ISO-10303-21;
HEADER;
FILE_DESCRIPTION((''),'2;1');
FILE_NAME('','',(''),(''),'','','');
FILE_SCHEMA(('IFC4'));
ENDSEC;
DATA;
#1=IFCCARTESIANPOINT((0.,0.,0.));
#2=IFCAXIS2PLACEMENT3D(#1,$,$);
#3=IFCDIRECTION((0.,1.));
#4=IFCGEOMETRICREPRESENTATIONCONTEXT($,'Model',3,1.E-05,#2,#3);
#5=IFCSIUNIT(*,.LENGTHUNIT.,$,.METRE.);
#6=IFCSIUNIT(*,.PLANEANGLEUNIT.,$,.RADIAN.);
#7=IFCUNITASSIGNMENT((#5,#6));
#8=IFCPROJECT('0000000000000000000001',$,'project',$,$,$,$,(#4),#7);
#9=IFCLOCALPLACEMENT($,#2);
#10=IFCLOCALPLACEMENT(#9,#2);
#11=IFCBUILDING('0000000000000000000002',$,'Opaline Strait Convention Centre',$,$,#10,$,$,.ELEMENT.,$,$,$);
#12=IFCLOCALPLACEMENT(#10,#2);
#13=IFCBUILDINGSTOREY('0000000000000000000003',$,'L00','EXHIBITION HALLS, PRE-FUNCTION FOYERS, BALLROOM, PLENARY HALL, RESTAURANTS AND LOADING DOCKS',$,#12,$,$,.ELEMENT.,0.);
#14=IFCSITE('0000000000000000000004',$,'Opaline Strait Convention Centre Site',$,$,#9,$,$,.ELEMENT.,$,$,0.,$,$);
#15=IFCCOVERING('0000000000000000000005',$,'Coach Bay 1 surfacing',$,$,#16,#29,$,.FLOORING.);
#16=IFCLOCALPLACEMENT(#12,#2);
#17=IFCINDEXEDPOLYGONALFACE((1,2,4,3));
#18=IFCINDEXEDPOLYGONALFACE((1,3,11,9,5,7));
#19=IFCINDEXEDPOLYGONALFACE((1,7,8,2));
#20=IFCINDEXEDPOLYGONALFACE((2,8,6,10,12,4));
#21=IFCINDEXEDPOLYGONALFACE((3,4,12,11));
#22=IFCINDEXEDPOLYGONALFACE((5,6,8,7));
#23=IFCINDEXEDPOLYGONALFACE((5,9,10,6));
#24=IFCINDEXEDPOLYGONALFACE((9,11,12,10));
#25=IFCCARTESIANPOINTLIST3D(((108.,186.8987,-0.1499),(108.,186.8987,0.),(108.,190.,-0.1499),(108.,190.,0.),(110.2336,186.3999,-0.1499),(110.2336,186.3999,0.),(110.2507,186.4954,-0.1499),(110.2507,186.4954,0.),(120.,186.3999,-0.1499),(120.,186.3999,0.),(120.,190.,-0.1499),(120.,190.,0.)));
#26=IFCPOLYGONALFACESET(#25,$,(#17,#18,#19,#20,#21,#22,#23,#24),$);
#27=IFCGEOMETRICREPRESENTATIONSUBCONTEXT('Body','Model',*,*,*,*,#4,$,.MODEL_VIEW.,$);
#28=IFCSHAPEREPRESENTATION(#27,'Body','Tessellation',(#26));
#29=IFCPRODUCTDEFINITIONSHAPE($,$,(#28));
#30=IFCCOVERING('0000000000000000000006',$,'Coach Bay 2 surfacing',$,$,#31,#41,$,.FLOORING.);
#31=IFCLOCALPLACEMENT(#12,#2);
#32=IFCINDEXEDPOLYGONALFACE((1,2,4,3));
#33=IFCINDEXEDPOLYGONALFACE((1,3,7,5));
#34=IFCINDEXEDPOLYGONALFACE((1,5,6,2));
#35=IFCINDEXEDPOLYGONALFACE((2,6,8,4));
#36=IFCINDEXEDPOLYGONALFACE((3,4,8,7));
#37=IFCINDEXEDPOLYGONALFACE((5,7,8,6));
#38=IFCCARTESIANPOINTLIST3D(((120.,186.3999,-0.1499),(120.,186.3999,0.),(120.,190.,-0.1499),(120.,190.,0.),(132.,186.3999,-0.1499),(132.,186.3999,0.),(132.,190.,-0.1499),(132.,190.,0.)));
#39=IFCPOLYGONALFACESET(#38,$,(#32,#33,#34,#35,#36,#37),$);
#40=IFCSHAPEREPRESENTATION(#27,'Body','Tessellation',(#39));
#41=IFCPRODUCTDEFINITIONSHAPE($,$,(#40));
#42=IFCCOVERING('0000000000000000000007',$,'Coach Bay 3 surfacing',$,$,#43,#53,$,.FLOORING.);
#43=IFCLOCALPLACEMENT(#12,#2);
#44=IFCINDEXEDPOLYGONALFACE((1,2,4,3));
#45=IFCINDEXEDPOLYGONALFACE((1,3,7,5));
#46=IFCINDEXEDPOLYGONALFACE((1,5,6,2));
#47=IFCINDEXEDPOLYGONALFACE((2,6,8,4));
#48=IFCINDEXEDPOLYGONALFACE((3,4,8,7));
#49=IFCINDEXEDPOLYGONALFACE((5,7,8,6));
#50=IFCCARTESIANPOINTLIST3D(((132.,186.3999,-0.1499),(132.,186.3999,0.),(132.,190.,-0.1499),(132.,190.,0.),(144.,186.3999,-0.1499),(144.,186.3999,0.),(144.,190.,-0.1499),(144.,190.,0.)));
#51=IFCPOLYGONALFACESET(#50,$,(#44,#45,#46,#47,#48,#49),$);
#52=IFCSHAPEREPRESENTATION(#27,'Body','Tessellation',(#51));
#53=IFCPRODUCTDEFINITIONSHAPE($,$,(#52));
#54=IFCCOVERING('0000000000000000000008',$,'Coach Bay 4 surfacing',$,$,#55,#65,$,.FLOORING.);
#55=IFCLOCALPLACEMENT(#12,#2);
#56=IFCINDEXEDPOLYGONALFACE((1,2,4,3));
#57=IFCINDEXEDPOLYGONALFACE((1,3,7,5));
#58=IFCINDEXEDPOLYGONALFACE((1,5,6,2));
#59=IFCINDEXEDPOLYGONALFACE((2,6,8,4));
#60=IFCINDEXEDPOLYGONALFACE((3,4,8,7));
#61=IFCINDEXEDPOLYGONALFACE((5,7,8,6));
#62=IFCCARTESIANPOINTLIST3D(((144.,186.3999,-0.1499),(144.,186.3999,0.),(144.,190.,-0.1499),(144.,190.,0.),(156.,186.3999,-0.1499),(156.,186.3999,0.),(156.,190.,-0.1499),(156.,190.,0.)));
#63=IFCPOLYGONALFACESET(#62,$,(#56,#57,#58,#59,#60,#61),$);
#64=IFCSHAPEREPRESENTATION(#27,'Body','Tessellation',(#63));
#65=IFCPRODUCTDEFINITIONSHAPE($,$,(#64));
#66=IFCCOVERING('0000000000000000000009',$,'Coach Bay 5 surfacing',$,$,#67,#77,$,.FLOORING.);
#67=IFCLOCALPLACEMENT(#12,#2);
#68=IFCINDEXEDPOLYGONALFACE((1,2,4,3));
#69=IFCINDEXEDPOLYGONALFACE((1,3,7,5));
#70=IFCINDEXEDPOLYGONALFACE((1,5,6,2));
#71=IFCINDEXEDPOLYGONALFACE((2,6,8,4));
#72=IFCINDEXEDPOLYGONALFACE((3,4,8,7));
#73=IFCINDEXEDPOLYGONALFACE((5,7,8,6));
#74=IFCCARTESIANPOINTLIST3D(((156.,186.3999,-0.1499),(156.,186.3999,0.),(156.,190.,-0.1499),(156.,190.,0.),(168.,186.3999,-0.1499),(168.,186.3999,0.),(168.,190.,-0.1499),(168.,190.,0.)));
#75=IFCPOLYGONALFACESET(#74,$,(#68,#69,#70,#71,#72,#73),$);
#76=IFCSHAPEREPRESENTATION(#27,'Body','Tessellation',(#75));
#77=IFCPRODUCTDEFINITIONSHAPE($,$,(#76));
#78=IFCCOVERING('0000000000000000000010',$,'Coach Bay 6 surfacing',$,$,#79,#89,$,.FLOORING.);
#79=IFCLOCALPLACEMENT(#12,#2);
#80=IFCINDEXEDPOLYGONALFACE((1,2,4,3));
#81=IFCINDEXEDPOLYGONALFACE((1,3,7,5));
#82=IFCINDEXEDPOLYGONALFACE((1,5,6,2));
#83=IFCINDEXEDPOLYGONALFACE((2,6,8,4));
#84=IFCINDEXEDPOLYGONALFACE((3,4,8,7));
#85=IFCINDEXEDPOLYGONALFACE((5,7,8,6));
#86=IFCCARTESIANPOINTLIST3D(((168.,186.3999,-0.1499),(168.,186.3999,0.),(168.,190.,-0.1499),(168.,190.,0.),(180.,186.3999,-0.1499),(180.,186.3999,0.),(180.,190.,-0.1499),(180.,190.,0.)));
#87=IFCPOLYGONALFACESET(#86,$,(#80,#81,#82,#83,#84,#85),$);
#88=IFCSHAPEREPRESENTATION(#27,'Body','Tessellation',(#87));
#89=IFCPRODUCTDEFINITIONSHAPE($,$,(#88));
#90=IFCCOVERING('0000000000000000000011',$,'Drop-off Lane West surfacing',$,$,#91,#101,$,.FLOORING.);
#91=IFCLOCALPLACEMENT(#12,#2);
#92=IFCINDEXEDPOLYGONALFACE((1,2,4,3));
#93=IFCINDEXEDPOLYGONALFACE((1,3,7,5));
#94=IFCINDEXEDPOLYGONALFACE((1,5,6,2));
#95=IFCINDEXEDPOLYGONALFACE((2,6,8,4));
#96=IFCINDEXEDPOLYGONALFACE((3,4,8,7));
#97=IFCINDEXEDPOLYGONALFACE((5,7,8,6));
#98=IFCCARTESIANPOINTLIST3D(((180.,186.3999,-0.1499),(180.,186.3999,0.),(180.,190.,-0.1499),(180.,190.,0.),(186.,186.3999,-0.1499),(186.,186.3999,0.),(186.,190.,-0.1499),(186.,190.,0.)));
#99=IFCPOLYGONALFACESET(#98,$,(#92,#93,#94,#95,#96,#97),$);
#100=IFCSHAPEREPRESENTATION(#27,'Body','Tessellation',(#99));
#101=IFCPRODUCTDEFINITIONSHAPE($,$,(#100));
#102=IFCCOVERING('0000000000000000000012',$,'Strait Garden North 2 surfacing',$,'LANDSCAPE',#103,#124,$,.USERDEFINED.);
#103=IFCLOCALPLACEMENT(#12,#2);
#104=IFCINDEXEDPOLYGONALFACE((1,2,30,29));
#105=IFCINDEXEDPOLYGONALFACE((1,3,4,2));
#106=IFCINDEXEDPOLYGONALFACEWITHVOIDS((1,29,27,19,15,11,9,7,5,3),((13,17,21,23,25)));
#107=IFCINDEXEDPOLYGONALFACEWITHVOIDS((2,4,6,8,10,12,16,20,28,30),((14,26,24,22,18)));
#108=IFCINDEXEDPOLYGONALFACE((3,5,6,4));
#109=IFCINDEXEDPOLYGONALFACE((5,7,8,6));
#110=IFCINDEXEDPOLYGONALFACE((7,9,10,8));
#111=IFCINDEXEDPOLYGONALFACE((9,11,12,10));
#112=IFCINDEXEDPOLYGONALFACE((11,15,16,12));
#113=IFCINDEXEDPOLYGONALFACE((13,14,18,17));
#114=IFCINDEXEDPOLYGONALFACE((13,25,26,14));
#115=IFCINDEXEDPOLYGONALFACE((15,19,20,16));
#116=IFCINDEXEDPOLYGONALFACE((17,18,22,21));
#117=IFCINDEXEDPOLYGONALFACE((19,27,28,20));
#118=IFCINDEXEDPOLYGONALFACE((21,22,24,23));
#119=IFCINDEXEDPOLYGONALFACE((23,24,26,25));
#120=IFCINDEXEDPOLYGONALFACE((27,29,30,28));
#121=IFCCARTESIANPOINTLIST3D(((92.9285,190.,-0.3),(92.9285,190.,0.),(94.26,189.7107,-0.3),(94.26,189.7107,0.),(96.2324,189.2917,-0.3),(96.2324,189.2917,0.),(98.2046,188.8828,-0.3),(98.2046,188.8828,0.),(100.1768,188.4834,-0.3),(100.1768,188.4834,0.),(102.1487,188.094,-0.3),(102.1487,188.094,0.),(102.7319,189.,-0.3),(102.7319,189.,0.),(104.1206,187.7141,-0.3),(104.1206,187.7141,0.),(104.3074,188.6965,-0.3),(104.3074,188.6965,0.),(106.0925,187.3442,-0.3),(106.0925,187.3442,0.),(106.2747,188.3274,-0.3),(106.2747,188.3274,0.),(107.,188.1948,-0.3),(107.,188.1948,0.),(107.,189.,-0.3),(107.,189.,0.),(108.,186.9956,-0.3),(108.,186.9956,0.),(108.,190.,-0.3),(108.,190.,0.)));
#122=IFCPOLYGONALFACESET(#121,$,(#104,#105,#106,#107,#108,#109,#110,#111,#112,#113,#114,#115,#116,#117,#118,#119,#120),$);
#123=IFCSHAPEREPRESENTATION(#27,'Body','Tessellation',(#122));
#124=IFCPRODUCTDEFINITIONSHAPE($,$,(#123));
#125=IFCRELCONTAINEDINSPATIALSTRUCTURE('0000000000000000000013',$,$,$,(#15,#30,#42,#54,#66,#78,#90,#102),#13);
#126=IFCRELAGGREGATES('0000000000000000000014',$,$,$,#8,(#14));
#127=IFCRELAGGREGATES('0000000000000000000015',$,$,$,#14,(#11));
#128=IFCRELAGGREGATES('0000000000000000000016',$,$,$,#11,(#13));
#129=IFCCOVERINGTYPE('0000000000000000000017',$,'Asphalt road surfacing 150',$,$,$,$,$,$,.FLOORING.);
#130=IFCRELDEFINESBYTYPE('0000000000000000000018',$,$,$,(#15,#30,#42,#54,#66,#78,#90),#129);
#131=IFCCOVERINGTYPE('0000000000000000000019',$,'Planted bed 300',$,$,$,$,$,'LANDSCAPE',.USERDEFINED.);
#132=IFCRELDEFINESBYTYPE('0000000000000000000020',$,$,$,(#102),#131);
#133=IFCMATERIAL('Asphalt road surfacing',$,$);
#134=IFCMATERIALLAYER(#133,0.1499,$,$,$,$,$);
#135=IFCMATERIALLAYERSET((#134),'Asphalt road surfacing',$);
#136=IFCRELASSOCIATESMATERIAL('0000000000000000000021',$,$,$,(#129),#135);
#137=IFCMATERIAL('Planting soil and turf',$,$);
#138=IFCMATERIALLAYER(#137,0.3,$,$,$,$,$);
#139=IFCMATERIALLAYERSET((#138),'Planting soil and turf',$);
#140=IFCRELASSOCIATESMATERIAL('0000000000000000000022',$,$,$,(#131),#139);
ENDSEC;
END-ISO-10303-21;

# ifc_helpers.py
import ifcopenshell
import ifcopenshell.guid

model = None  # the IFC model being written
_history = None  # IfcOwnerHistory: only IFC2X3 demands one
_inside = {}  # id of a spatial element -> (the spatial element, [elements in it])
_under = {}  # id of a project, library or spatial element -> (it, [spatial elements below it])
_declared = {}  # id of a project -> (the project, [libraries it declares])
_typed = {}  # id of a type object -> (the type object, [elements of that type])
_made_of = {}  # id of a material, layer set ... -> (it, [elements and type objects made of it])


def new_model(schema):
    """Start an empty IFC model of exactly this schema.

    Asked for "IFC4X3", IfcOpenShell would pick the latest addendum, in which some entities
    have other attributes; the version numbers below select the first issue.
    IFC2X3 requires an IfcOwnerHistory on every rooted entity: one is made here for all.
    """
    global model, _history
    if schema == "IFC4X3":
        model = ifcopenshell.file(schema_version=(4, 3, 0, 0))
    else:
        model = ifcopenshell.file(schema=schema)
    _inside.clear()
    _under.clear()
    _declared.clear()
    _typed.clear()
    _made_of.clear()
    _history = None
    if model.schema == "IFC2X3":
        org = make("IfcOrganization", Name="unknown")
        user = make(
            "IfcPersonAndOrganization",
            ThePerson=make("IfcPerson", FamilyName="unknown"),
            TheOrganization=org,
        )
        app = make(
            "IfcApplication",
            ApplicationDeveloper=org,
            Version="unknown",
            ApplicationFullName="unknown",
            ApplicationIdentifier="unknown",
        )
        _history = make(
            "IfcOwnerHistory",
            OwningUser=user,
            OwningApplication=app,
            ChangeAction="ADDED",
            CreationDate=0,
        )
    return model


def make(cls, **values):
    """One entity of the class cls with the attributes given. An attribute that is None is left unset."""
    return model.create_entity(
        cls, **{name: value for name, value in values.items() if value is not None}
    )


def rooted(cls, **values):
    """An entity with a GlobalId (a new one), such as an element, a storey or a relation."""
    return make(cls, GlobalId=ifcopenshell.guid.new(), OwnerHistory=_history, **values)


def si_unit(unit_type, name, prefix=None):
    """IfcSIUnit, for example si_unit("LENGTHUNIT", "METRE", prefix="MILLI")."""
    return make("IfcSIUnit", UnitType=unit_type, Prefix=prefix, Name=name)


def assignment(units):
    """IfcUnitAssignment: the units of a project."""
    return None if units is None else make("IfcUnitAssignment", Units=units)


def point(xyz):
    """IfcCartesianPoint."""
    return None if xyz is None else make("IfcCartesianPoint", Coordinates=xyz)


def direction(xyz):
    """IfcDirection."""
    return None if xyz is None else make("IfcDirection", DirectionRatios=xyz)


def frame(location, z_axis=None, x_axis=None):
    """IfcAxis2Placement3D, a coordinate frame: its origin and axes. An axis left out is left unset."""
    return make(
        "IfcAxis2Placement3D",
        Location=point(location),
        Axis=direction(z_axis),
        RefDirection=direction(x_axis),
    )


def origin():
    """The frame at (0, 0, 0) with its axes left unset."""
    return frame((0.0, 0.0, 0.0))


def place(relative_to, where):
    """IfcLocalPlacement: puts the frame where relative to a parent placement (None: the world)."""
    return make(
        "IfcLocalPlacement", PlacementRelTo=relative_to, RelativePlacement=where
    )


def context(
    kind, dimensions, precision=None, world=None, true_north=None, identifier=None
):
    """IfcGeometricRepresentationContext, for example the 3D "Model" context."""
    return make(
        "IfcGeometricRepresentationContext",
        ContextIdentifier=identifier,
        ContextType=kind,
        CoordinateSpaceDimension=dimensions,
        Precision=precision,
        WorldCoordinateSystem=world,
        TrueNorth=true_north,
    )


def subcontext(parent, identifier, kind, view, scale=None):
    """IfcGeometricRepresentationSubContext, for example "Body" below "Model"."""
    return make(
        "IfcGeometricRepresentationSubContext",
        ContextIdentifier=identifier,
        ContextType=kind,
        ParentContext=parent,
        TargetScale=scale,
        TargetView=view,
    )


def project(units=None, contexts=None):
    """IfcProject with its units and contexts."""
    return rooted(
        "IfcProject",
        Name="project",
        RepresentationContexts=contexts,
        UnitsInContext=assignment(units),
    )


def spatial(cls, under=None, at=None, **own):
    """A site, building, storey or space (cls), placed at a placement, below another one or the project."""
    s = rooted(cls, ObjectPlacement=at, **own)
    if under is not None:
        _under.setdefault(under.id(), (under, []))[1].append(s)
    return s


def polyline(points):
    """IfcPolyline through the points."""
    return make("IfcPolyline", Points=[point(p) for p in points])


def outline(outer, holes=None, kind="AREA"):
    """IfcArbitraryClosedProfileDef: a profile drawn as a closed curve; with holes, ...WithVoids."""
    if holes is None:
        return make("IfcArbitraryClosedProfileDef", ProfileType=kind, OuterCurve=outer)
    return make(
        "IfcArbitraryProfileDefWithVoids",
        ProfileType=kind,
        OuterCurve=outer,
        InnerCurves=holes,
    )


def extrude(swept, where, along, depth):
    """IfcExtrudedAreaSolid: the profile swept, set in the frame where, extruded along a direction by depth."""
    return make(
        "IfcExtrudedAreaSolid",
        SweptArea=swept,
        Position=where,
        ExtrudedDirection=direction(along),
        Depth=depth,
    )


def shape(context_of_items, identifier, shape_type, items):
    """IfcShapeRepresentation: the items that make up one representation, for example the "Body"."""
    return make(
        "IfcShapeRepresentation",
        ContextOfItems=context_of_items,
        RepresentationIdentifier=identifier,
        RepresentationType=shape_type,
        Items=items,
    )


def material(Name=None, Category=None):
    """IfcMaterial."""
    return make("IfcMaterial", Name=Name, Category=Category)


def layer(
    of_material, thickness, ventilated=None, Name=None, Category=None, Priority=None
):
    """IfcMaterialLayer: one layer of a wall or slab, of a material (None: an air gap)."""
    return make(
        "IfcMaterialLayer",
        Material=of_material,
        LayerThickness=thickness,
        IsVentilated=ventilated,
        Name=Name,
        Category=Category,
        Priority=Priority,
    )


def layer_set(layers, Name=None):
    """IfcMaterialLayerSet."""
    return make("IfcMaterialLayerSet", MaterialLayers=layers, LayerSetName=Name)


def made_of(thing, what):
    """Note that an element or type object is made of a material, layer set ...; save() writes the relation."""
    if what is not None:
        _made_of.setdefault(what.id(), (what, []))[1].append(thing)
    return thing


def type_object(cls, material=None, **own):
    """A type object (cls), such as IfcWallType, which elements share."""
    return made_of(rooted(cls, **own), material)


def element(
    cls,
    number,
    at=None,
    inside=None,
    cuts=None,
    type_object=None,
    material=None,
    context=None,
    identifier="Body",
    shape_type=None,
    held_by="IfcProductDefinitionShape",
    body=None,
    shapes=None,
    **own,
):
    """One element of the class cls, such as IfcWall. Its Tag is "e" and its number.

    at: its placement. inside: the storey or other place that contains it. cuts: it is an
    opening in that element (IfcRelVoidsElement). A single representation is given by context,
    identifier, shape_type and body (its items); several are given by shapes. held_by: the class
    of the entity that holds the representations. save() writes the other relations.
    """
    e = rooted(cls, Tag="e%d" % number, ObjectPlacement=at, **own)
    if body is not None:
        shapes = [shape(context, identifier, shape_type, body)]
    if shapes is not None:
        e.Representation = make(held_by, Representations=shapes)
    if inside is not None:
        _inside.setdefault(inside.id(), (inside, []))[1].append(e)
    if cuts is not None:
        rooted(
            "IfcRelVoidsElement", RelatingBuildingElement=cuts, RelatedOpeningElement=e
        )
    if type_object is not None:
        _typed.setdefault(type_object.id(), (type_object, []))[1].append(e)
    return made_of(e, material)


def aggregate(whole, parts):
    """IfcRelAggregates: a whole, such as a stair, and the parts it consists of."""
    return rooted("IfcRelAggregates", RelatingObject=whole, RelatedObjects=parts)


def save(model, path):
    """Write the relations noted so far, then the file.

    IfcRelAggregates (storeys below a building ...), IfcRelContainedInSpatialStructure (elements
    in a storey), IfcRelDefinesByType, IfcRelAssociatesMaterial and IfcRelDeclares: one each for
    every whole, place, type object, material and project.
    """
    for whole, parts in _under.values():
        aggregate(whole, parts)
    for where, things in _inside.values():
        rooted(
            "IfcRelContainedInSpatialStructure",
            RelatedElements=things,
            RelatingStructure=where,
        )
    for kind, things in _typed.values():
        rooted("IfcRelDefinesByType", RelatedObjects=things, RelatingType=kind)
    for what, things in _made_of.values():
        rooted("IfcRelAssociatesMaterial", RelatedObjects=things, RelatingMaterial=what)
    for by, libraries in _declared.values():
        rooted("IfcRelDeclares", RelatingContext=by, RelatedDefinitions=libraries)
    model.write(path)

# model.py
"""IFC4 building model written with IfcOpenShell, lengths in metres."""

from ifc_helpers import new_model, si_unit, direction, frame, origin, place, context, subcontext, project, spatial, polyline, outline, extrude, material, layer, layer_set, type_object, element, save


model = new_model("IFC4")

# Units and contexts
model_context = context("Model", 3, precision=1e-05, world=origin(), true_north=direction((0.0, 1.0)))
body_context = subcontext(model_context, "Body", "Model", "MODEL_VIEW")
ifc_project = project(units=[si_unit("LENGTHUNIT", "METRE"), si_unit("PLANEANGLEUNIT", "RADIAN")], contexts=[model_context])

# Site, building, storey
site_placement = place(None, origin())
site = spatial("IfcSite", under=ifc_project, at=site_placement, Name="Opaline Strait Convention Centre Site", CompositionType="ELEMENT", RefElevation=0.0)
building_placement = place(site_placement, origin())
building = spatial("IfcBuilding", under=site, at=building_placement, Name="Opaline Strait Convention Centre", CompositionType="ELEMENT")
storey_placement = place(building_placement, origin())
storey = spatial("IfcBuildingStorey", under=building, at=storey_placement, Name="L00", Description="EXHIBITION HALLS, PRE-FUNCTION FOYERS, BALLROOM, PLENARY HALL, RESTAURANTS AND LOADING DOCKS", CompositionType="ELEMENT", Elevation=0.0)

# Coverings
ifc_material_1 = material(Name="Asphalt road surfacing")
ifc_layer_1 = layer(ifc_material_1, 0.1499)
ifc_layer_set_1 = layer_set([ifc_layer_1], Name="Asphalt road surfacing")
covering_type_1 = type_object("IfcCoveringType", Name="Asphalt road surfacing 150", PredefinedType="FLOORING", material=ifc_layer_set_1)
covering_1_placement = place(storey_placement, frame((0.0, 0.0, -0.1499)))
element("IfcCovering", 1, at=covering_1_placement, inside=storey, type_object=covering_type_1, Name="Coach Bay 1 surfacing", PredefinedType="FLOORING", context=body_context, shape_type="SweptSolid", body=[
    extrude(outline(polyline([(120.0, 190.0), (108.0, 190.0), (108.0, 186.8987), (110.2507, 186.4954), (110.2336, 186.3999), (120.0, 186.3999), (120.0, 190.0)])), origin(), (0.0, 0.0, 1.0), 0.1499),
])
covering_2_placement = place(storey_placement, frame((0.0, 0.0, -0.1499)))
element("IfcCovering", 2, at=covering_2_placement, inside=storey, type_object=covering_type_1, Name="Coach Bay 2 surfacing", PredefinedType="FLOORING", context=body_context, shape_type="SweptSolid", body=[
    extrude(outline(polyline([(120.0, 190.0), (120.0, 186.3999), (132.0, 186.3999), (132.0, 190.0), (120.0, 190.0)])), origin(), (0.0, 0.0, 1.0), 0.1499),
])
covering_3_placement = place(storey_placement, frame((0.0, 0.0, -0.1499)))
element("IfcCovering", 3, at=covering_3_placement, inside=storey, type_object=covering_type_1, Name="Coach Bay 3 surfacing", PredefinedType="FLOORING", context=body_context, shape_type="SweptSolid", body=[
    extrude(outline(polyline([(132.0, 190.0), (132.0, 186.3999), (144.0, 186.3999), (144.0, 190.0), (132.0, 190.0)])), origin(), (0.0, 0.0, 1.0), 0.1499),
])
covering_4_placement = place(storey_placement, frame((0.0, 0.0, -0.1499)))
element("IfcCovering", 4, at=covering_4_placement, inside=storey, type_object=covering_type_1, Name="Coach Bay 4 surfacing", PredefinedType="FLOORING", context=body_context, shape_type="SweptSolid", body=[
    extrude(outline(polyline([(144.0, 190.0), (144.0, 186.3999), (156.0, 186.3999), (156.0, 190.0), (144.0, 190.0)])), origin(), (0.0, 0.0, 1.0), 0.1499),
])
covering_5_placement = place(storey_placement, frame((0.0, 0.0, -0.1499)))
element("IfcCovering", 5, at=covering_5_placement, inside=storey, type_object=covering_type_1, Name="Coach Bay 5 surfacing", PredefinedType="FLOORING", context=body_context, shape_type="SweptSolid", body=[
    extrude(outline(polyline([(156.0, 190.0), (156.0, 186.3999), (168.0, 186.3999), (168.0, 190.0), (156.0, 190.0)])), origin(), (0.0, 0.0, 1.0), 0.1499),
])
covering_6_placement = place(storey_placement, frame((0.0, 0.0, -0.1499)))
element("IfcCovering", 6, at=covering_6_placement, inside=storey, type_object=covering_type_1, Name="Coach Bay 6 surfacing", PredefinedType="FLOORING", context=body_context, shape_type="SweptSolid", body=[
    extrude(outline(polyline([(168.0, 190.0), (168.0, 186.3999), (180.0, 186.3999), (180.0, 190.0), (168.0, 190.0)])), origin(), (0.0, 0.0, 1.0), 0.1499),
])
covering_7_placement = place(storey_placement, frame((0.0, 0.0, -0.1499)))
element("IfcCovering", 7, at=covering_7_placement, inside=storey, type_object=covering_type_1, Name="Drop-off Lane West surfacing", PredefinedType="FLOORING", context=body_context, shape_type="SweptSolid", body=[
    extrude(outline(polyline([(180.0, 190.0), (180.0, 186.3999), (186.0, 186.3999), (186.0, 190.0), (180.0, 190.0)])), origin(), (0.0, 0.0, 1.0), 0.1499),
])
ifc_material_2 = material(Name="Planting soil and turf")
ifc_layer_2 = layer(ifc_material_2, 0.3)
ifc_layer_set_2 = layer_set([ifc_layer_2], Name="Planting soil and turf")
covering_type_2 = type_object("IfcCoveringType", Name="Planted bed 300", ElementType="LANDSCAPE", PredefinedType="USERDEFINED", material=ifc_layer_set_2)
covering_8_placement = place(storey_placement, frame((0.0, 0.0, -0.3)))
element("IfcCovering", 8, at=covering_8_placement, inside=storey, type_object=covering_type_2, Name="Strait Garden North 2 surfacing", ObjectType="LANDSCAPE", PredefinedType="USERDEFINED", context=body_context, shape_type="SweptSolid", body=[
    extrude(outline(polyline([(100.1768, 188.4834), (102.1487, 188.094), (104.1206, 187.7141), (106.0925, 187.3442), (108.0, 186.9956), (108.0, 190.0), (92.9285, 190.0), (94.26, 189.7107), (96.2324, 189.2917), (98.2046, 188.8828), (100.1768, 188.4834)]), holes=[polyline([(106.2747, 188.3274), (104.3074, 188.6965), (102.7319, 189.0), (107.0, 189.0), (107.0, 188.1948), (106.2747, 188.3274)])]), origin(), (0.0, 0.0, 1.0), 0.3),
])

save(model, "model.ifc")
